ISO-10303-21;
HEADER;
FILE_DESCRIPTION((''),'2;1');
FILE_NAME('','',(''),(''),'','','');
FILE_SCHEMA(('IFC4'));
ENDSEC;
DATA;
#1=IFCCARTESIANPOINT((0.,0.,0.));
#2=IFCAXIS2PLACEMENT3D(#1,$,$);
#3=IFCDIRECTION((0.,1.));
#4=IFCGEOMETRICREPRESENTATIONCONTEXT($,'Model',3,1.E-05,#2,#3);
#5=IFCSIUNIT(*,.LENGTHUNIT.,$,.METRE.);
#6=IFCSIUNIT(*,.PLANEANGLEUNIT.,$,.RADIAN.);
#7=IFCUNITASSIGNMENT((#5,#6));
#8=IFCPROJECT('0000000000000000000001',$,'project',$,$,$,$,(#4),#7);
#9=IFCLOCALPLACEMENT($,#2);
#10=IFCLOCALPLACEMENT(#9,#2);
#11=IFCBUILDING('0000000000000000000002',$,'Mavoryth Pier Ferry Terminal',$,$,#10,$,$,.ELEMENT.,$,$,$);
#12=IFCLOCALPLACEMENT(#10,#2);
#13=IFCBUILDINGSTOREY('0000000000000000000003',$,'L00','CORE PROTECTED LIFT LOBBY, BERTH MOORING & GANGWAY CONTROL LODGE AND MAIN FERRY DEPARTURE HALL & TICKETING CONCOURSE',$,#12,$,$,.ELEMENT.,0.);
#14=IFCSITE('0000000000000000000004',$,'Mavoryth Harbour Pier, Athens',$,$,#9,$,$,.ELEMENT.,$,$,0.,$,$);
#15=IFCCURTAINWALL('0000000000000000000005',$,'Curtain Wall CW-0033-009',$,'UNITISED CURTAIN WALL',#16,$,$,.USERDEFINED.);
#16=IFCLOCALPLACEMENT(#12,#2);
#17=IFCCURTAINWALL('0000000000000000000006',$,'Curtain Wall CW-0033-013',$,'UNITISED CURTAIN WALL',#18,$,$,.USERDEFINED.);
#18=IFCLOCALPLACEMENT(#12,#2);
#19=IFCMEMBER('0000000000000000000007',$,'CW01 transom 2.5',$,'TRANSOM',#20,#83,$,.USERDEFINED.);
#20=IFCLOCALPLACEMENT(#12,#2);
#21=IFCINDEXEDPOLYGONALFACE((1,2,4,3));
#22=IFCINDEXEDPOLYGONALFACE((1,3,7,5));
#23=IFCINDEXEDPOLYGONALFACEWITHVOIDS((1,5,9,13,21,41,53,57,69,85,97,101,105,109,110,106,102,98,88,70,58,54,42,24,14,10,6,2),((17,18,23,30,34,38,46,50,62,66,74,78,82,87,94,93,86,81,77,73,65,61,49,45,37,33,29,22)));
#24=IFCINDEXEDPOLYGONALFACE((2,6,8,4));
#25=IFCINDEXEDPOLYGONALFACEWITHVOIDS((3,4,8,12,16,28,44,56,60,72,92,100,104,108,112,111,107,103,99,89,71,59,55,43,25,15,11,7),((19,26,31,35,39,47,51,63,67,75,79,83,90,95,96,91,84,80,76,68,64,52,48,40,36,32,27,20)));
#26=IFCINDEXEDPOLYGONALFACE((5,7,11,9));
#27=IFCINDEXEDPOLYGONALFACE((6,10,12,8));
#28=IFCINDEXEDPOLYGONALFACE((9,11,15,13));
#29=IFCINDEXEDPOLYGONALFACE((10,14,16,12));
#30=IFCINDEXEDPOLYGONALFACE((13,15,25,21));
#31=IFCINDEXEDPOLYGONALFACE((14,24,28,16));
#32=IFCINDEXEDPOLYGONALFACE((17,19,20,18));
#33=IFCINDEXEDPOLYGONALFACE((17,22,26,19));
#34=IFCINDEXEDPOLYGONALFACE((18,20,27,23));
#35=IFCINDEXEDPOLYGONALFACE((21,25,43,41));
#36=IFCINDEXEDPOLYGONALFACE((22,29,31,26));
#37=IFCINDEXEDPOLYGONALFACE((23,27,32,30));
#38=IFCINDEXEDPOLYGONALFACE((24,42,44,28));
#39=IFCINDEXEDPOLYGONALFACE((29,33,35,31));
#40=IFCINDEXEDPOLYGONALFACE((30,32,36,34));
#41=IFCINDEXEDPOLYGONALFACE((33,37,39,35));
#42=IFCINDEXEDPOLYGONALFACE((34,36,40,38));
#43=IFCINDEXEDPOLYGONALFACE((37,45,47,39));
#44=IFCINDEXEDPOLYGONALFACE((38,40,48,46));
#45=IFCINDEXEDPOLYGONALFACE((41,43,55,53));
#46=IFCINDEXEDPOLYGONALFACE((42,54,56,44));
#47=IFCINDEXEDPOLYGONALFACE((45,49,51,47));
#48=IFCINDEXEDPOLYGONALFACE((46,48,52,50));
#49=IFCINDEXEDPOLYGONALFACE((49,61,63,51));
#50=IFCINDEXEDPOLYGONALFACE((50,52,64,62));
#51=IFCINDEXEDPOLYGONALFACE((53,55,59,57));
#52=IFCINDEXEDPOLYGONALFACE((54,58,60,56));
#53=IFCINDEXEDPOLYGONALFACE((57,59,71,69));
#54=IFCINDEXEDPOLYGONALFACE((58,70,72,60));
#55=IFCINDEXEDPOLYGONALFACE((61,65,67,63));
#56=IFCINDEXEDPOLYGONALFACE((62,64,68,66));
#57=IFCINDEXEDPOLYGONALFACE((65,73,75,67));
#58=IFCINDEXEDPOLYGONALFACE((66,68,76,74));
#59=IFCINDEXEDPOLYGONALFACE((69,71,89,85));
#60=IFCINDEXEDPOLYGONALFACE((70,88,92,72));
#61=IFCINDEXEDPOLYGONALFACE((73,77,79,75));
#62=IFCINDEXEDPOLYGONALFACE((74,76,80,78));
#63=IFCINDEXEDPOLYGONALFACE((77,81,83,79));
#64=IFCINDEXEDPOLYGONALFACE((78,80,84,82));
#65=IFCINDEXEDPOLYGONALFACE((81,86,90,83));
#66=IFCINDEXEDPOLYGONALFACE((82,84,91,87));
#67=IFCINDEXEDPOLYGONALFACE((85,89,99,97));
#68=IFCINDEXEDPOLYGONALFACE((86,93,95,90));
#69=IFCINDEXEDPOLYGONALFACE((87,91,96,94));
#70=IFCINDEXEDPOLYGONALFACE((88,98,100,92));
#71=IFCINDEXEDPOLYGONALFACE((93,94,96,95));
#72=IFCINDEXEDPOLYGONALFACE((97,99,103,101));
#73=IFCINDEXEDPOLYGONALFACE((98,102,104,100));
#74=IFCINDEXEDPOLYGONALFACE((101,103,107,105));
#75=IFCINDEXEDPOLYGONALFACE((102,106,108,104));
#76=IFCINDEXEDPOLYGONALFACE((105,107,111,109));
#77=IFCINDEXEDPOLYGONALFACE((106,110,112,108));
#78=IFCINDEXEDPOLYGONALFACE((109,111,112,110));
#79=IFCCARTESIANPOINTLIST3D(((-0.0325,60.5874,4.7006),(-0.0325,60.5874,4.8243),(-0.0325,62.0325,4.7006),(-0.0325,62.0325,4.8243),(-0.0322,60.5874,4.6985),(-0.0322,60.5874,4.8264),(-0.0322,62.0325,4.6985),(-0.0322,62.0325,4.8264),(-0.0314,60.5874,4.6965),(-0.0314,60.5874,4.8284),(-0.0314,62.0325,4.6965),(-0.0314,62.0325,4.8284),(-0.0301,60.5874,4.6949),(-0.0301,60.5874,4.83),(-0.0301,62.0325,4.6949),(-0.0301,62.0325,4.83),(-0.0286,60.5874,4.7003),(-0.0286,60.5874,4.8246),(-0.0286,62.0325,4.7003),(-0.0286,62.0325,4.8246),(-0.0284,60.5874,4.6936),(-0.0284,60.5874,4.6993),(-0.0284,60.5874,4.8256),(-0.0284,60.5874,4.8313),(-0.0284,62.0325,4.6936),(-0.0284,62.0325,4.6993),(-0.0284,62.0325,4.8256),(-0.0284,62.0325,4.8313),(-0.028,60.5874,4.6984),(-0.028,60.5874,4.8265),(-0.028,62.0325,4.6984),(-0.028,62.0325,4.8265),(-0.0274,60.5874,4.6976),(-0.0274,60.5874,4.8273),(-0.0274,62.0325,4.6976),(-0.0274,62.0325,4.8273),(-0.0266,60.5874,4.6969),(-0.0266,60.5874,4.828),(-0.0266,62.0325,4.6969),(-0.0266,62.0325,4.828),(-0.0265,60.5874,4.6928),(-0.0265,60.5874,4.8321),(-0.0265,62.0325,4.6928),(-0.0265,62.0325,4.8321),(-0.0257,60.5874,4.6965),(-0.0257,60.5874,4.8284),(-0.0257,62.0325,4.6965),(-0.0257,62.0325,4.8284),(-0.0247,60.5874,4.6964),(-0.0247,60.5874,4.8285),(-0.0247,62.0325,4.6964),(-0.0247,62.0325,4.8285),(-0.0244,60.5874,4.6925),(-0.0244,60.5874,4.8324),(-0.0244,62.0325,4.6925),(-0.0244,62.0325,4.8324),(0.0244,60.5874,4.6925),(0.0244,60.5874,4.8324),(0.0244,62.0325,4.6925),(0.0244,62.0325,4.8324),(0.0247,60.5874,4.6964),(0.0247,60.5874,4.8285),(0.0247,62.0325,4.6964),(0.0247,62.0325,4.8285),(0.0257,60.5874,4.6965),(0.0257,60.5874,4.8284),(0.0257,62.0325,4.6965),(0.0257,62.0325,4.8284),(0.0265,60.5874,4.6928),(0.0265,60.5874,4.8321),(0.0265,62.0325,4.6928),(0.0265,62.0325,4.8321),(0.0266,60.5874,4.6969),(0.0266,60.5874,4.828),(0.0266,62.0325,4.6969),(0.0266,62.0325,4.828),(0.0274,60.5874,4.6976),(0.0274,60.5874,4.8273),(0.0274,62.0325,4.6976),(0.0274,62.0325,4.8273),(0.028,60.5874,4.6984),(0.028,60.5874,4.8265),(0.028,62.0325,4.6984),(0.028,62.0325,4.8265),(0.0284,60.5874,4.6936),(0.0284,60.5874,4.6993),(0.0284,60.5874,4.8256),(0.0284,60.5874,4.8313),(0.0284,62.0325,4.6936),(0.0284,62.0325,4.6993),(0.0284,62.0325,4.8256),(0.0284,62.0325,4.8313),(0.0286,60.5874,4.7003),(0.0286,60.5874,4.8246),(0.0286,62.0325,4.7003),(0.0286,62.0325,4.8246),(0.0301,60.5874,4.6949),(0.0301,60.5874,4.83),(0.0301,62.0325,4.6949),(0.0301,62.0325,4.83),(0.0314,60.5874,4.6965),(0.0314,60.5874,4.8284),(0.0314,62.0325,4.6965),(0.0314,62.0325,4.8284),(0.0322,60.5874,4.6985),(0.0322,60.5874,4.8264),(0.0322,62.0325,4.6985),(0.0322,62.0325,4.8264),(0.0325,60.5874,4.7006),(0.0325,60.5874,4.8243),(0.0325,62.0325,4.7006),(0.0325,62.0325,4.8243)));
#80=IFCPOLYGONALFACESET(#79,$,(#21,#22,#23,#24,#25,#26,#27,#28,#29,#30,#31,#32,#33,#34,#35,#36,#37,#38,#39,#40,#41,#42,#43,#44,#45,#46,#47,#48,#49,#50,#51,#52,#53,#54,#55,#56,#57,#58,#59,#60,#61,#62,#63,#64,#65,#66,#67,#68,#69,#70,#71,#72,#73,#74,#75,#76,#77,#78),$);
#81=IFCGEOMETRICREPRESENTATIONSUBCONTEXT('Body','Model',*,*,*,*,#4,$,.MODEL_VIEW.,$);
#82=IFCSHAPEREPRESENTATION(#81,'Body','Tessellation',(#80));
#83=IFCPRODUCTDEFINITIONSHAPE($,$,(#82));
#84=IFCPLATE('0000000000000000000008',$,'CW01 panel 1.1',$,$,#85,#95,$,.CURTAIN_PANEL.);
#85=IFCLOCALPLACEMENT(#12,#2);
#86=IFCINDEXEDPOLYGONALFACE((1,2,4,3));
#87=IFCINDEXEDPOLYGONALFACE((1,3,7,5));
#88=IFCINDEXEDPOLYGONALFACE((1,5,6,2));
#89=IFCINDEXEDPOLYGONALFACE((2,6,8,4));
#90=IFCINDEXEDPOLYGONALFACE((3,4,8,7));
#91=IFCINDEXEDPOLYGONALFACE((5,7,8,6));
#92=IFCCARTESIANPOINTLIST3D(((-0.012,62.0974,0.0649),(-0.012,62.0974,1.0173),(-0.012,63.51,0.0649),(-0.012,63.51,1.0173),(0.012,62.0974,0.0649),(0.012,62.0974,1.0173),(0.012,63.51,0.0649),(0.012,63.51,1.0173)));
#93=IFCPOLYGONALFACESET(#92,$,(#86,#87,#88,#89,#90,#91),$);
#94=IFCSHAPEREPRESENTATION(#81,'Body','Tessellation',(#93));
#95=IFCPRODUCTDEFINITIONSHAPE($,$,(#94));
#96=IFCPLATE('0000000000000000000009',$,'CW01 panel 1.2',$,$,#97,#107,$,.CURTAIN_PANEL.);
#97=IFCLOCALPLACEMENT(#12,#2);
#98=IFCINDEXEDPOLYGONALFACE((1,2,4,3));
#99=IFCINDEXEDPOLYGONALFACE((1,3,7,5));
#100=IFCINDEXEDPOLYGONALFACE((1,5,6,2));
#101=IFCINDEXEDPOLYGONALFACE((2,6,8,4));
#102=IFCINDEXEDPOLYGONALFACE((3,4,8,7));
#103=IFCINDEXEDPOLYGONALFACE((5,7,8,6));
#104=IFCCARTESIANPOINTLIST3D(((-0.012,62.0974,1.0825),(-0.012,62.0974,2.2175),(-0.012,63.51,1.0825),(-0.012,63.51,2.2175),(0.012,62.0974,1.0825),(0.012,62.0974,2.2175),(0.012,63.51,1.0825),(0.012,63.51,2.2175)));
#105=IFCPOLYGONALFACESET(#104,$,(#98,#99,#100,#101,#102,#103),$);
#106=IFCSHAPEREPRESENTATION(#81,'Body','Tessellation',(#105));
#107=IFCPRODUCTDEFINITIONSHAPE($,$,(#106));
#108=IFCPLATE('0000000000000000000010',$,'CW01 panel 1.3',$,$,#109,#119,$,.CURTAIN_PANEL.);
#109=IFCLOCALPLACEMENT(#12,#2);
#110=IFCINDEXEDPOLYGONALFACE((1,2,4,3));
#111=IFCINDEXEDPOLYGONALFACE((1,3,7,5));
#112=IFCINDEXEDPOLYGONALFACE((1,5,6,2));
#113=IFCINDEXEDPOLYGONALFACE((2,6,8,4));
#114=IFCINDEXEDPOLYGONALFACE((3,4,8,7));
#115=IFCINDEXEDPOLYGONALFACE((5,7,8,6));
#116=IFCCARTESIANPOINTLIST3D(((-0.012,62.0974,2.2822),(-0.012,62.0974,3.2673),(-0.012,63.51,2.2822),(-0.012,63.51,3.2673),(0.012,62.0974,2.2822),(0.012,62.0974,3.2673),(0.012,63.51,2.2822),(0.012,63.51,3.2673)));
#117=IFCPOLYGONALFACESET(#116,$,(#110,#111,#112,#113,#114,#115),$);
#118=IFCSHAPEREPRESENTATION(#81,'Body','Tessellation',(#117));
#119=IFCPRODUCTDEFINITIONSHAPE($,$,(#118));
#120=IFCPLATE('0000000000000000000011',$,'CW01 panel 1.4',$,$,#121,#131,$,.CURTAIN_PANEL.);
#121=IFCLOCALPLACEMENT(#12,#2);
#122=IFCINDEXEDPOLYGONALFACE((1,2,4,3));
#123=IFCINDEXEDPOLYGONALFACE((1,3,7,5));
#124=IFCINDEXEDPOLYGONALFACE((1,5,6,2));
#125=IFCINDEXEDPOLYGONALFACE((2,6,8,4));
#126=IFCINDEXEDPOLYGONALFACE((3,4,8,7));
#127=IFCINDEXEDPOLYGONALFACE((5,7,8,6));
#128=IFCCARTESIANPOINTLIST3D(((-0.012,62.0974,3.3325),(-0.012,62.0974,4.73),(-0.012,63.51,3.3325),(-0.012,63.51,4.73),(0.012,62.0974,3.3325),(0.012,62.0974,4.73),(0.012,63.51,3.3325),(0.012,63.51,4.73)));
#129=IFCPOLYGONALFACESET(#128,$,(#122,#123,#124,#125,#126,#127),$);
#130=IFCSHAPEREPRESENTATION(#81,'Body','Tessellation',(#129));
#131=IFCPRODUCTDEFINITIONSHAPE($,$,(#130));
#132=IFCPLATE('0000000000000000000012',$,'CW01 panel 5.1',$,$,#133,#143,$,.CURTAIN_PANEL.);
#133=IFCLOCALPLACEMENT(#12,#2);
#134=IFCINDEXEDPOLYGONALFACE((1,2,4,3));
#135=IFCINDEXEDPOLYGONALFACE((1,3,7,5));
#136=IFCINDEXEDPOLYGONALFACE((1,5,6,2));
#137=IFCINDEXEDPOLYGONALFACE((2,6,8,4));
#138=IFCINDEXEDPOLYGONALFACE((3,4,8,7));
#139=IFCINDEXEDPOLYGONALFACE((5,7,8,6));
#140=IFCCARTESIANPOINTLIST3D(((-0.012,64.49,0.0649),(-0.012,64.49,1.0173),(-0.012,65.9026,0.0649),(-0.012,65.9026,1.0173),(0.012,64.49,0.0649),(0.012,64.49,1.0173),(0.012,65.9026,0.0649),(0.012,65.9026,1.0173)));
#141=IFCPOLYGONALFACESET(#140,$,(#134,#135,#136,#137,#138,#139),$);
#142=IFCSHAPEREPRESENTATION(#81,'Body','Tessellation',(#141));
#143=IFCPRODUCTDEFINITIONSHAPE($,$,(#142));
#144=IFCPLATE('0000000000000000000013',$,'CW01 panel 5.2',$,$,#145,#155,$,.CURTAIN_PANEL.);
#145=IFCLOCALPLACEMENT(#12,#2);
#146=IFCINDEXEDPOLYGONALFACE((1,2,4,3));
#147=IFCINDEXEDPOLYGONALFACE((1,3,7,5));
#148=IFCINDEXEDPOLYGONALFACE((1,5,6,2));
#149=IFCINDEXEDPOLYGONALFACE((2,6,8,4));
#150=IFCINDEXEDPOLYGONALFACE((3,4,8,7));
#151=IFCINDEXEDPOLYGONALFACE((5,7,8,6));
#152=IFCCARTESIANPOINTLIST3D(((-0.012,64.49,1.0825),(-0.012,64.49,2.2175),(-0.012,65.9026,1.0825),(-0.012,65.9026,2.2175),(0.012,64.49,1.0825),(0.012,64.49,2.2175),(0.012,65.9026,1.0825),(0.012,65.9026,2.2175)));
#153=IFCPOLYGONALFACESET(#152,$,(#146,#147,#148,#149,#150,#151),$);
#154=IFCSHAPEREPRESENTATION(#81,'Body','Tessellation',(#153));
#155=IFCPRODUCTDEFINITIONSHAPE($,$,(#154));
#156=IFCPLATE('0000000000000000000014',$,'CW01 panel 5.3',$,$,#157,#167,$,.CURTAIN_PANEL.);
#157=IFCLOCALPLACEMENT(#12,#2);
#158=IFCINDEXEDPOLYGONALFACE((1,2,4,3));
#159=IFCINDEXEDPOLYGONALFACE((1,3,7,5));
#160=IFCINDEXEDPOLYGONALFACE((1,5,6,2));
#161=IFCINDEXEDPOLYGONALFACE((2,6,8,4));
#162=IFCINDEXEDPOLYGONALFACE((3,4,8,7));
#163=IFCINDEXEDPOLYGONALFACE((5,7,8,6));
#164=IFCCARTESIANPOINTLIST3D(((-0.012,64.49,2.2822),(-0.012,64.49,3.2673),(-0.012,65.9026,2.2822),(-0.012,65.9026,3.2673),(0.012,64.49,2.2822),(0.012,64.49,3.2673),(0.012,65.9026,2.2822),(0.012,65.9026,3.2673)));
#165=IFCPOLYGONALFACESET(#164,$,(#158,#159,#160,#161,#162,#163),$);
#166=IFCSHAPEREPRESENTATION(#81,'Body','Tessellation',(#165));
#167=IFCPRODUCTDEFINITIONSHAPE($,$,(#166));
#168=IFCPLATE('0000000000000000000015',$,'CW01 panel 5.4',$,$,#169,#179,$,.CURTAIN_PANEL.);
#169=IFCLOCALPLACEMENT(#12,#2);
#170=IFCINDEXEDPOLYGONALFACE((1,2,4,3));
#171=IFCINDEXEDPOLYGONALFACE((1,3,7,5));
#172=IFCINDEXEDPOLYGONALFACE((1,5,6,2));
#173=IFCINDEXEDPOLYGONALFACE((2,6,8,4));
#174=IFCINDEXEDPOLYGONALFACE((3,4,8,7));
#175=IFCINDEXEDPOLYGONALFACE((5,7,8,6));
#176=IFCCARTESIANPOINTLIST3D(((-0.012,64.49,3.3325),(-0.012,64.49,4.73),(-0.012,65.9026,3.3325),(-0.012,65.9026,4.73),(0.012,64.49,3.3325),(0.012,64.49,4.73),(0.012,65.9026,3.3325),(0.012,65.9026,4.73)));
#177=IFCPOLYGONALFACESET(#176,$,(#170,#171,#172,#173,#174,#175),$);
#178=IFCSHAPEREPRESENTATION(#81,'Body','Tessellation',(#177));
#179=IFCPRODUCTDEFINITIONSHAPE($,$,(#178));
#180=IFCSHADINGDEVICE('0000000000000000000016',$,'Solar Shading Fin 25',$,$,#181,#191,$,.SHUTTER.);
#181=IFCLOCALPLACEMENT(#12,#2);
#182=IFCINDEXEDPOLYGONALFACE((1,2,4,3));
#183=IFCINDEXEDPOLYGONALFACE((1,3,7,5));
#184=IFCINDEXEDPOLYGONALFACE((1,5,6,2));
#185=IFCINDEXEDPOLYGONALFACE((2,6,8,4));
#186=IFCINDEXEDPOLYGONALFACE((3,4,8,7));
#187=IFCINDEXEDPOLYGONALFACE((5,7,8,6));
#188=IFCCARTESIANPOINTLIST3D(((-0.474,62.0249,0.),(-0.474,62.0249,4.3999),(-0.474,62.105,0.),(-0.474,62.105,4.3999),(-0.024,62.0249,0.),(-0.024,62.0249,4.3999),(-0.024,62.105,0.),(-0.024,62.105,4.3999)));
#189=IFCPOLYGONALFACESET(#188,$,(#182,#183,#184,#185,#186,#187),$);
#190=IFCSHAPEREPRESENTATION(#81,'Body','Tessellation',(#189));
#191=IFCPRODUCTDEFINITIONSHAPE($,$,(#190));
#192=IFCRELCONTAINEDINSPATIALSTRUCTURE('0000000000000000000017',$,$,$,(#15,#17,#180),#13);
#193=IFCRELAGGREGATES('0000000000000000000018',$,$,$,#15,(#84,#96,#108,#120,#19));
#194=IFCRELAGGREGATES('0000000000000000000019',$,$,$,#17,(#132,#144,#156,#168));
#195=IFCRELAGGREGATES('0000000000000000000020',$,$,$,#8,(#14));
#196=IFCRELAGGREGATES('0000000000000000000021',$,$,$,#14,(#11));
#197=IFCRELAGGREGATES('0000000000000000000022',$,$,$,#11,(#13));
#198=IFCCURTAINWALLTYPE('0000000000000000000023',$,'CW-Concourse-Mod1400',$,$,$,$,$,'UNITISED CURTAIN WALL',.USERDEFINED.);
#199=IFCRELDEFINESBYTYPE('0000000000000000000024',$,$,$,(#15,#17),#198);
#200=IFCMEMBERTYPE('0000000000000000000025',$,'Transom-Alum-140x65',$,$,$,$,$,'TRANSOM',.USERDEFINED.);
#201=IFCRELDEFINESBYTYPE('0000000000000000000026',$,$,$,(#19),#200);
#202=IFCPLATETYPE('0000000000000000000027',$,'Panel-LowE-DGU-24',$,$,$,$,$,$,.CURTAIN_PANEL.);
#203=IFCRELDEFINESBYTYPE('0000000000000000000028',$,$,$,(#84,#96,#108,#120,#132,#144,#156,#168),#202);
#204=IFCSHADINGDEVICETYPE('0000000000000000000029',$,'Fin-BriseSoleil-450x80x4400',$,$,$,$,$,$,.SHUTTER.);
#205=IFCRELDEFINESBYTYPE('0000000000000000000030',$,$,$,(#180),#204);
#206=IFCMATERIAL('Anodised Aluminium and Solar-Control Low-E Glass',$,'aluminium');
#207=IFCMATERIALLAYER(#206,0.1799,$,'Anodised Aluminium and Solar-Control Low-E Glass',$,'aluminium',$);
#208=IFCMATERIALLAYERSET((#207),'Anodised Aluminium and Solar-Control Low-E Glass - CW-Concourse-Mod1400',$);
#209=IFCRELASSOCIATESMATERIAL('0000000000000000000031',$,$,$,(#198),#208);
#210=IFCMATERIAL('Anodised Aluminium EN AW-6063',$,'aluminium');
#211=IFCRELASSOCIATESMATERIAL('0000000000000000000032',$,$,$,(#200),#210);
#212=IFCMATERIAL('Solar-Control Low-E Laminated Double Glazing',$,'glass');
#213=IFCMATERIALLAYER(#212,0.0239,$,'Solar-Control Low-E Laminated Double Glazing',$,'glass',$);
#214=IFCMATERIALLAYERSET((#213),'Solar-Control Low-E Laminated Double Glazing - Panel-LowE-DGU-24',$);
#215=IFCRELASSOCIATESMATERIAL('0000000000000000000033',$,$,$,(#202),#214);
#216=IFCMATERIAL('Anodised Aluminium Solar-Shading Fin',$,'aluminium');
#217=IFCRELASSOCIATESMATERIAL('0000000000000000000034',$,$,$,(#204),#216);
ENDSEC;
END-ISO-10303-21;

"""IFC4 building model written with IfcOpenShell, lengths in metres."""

from ifc_helpers import new_model, si_unit, direction, frame, origin, origin_2d, place, context, subcontext, project, spatial, rectangle, hollow_rectangle, extrude, material, layer, layer_set, material_profile, profile_set, type_object, element, aggregate, save


model = new_model("IFC4")

# Units and contexts
model_context = context("Model", 3, precision=1e-05, world=origin(), true_north=direction((0.0, 1.0)))
body_context = subcontext(model_context, "Body", "Model", "MODEL_VIEW")
ifc_project = project(units=[si_unit("LENGTHUNIT", "METRE"), si_unit("PLANEANGLEUNIT", "RADIAN")], contexts=[model_context])

# Site, building, storey
site_placement = place(None, origin())
site = spatial("IfcSite", under=ifc_project, at=site_placement, Name="Mavoryth Harbour Pier, Athens", CompositionType="ELEMENT", RefElevation=0.0)
building_placement = place(site_placement, origin())
building = spatial("IfcBuilding", under=site, at=building_placement, Name="Mavoryth Pier Ferry Terminal", CompositionType="ELEMENT")
storey_placement = place(building_placement, origin())
storey = spatial("IfcBuildingStorey", under=building, at=storey_placement, Name="L00", Description="CORE PROTECTED LIFT LOBBY, BERTH MOORING & GANGWAY CONTROL LODGE AND MAIN FERRY DEPARTURE HALL & TICKETING CONCOURSE", CompositionType="ELEMENT", Elevation=0.0)

# Curtain wall
ifc_material_1 = material(Name="Anodised Aluminium and Solar-Control Low-E Glass", Category="aluminium")
ifc_layer_1 = layer(ifc_material_1, 0.1799, Name="Anodised Aluminium and Solar-Control Low-E Glass", Category="aluminium")
ifc_layer_set_1 = layer_set([ifc_layer_1], Name="Anodised Aluminium and Solar-Control Low-E Glass - CW-Concourse-Mod1400")
curtain_wall_type = type_object("IfcCurtainWallType", Name="CW-Concourse-Mod1400", ElementType="UNITISED CURTAIN WALL", PredefinedType="USERDEFINED", material=ifc_layer_set_1)
curtain_wall_1_placement = place(storey_placement, origin())
curtain_wall_1 = element("IfcCurtainWall", 1, at=curtain_wall_1_placement, inside=storey, type_object=curtain_wall_type, Name="Curtain Wall CW-0033-009", ObjectType="UNITISED CURTAIN WALL", PredefinedType="USERDEFINED")
ifc_material_2 = material(Name="Anodised Aluminium EN AW-6063", Category="aluminium")

# Curtain wall
curtain_wall_2_placement = place(storey_placement, origin())
curtain_wall_2 = element("IfcCurtainWall", 2, at=curtain_wall_2_placement, inside=storey, type_object=curtain_wall_type, Name="Curtain Wall CW-0033-013", ObjectType="UNITISED CURTAIN WALL", PredefinedType="USERDEFINED")

# Member
ifc_material_profile_1 = material_profile(ifc_material_2, hollow_rectangle(XDim=0.0649, YDim=0.1399, WallThickness=0.0039, InnerFilletRadius=0.0039, OuterFilletRadius=0.0081, at=origin_2d()), Name="AL-TRAN 140x65x4", Category="aluminium")
ifc_profile_set_1 = profile_set([ifc_material_profile_1], Name="Anodised Aluminium EN AW-6063 - AL-TRAN 140x65x4")
member_type_1 = type_object("IfcMemberType", Name="Transom-Alum-140x65", ElementType="TRANSOM", PredefinedType="USERDEFINED", material=ifc_profile_set_1)
member_1_placement = place(storey_placement, frame((0.0, 62.0325, 4.7625), z_axis=(0.0, -1.0, 0.0), x_axis=(1.0, 0.0, 0.0)))
member_1 = element("IfcMember", 3, at=member_1_placement, type_object=member_type_1, Name="CW01 transom 2.5", ObjectType="TRANSOM", PredefinedType="USERDEFINED", context=body_context, shape_type="SweptSolid", body=[
    extrude(hollow_rectangle(XDim=0.0649, YDim=0.1399, WallThickness=0.0039, InnerFilletRadius=0.0039, OuterFilletRadius=0.0081, at=origin_2d()), origin(), (0.0, 0.0, 1.0), 1.4451),
])

# Plates
ifc_material_3 = material(Name="Solar-Control Low-E Laminated Double Glazing", Category="glass")
ifc_layer_2 = layer(ifc_material_3, 0.0239, Name="Solar-Control Low-E Laminated Double Glazing", Category="glass")
ifc_layer_set_2 = layer_set([ifc_layer_2], Name="Solar-Control Low-E Laminated Double Glazing - Panel-LowE-DGU-24")
plate_type = type_object("IfcPlateType", Name="Panel-LowE-DGU-24", PredefinedType="CURTAIN_PANEL", material=ifc_layer_set_2)
plate_1_placement = place(storey_placement, frame((0.0, 62.8037, 0.0649), z_axis=(0.0, 0.0, 1.0), x_axis=(0.0, -1.0, 0.0)))
plate_1 = element("IfcPlate", 4, at=plate_1_placement, type_object=plate_type, Name="CW01 panel 1.1", PredefinedType="CURTAIN_PANEL", context=body_context, shape_type="SweptSolid", body=[
    extrude(rectangle(XDim=1.4126, YDim=0.0239, at=origin_2d()), origin(), (0.0, 0.0, 1.0), 0.9524),
])
plate_2_placement = place(storey_placement, frame((0.0, 62.8037, 1.0825), z_axis=(0.0, 0.0, 1.0), x_axis=(0.0, -1.0, 0.0)))
plate_2 = element("IfcPlate", 5, at=plate_2_placement, type_object=plate_type, Name="CW01 panel 1.2", PredefinedType="CURTAIN_PANEL", context=body_context, shape_type="SweptSolid", body=[
    extrude(rectangle(XDim=1.4126, YDim=0.0239, at=origin_2d()), origin(), (0.0, 0.0, 1.0), 1.135),
])
plate_3_placement = place(storey_placement, frame((0.0, 62.8037, 2.2822), z_axis=(0.0, 0.0, 1.0), x_axis=(0.0, -1.0, 0.0)))
plate_3 = element("IfcPlate", 6, at=plate_3_placement, type_object=plate_type, Name="CW01 panel 1.3", PredefinedType="CURTAIN_PANEL", context=body_context, shape_type="SweptSolid", body=[
    extrude(rectangle(XDim=1.4126, YDim=0.0239, at=origin_2d()), origin(), (0.0, 0.0, 1.0), 0.9851),
])
plate_4_placement = place(storey_placement, frame((0.0, 62.8037, 3.3325), z_axis=(0.0, 0.0, 1.0), x_axis=(0.0, -1.0, 0.0)))
plate_4 = element("IfcPlate", 7, at=plate_4_placement, type_object=plate_type, Name="CW01 panel 1.4", PredefinedType="CURTAIN_PANEL", context=body_context, shape_type="SweptSolid", body=[
    extrude(rectangle(XDim=1.4126, YDim=0.0239, at=origin_2d()), origin(), (0.0, 0.0, 1.0), 1.3975),
])
aggregate(curtain_wall_1, [plate_1, plate_2, plate_3, plate_4, member_1])
plate_5_placement = place(storey_placement, frame((0.0, 65.1963, 0.0649), z_axis=(0.0, 0.0, 1.0), x_axis=(0.0, -1.0, 0.0)))
plate_5 = element("IfcPlate", 8, at=plate_5_placement, type_object=plate_type, Name="CW01 panel 5.1", PredefinedType="CURTAIN_PANEL", context=body_context, shape_type="SweptSolid", body=[
    extrude(rectangle(XDim=1.4126, YDim=0.0239, at=origin_2d()), origin(), (0.0, 0.0, 1.0), 0.9524),
])
plate_6_placement = place(storey_placement, frame((0.0, 65.1963, 1.0825), z_axis=(0.0, 0.0, 1.0), x_axis=(0.0, -1.0, 0.0)))
plate_6 = element("IfcPlate", 9, at=plate_6_placement, type_object=plate_type, Name="CW01 panel 5.2", PredefinedType="CURTAIN_PANEL", context=body_context, shape_type="SweptSolid", body=[
    extrude(rectangle(XDim=1.4126, YDim=0.0239, at=origin_2d()), origin(), (0.0, 0.0, 1.0), 1.135),
])
plate_7_placement = place(storey_placement, frame((0.0, 65.1963, 2.2822), z_axis=(0.0, 0.0, 1.0), x_axis=(0.0, -1.0, 0.0)))
plate_7 = element("IfcPlate", 10, at=plate_7_placement, type_object=plate_type, Name="CW01 panel 5.3", PredefinedType="CURTAIN_PANEL", context=body_context, shape_type="SweptSolid", body=[
    extrude(rectangle(XDim=1.4126, YDim=0.0239, at=origin_2d()), origin(), (0.0, 0.0, 1.0), 0.9851),
])
plate_8_placement = place(storey_placement, frame((0.0, 65.1963, 3.3325), z_axis=(0.0, 0.0, 1.0), x_axis=(0.0, -1.0, 0.0)))
plate_8 = element("IfcPlate", 11, at=plate_8_placement, type_object=plate_type, Name="CW01 panel 5.4", PredefinedType="CURTAIN_PANEL", context=body_context, shape_type="SweptSolid", body=[
    extrude(rectangle(XDim=1.4126, YDim=0.0239, at=origin_2d()), origin(), (0.0, 0.0, 1.0), 1.3975),
])
aggregate(curtain_wall_2, [plate_5, plate_6, plate_7, plate_8])

# Shading device
ifc_material_4 = material(Name="Anodised Aluminium Solar-Shading Fin", Category="aluminium")
shading_device_type = type_object("IfcShadingDeviceType", Name="Fin-BriseSoleil-450x80x4400", PredefinedType="SHUTTER", material=ifc_material_4)
shading_device_placement = place(storey_placement, frame((-0.249, 62.0649, 0.0), z_axis=(0.0, 0.0, 1.0), x_axis=(0.0, -1.0, 0.0)))
element("IfcShadingDevice", 12, at=shading_device_placement, inside=storey, type_object=shading_device_type, Name="Solar Shading Fin 25", PredefinedType="SHUTTER", context=body_context, shape_type="SweptSolid", body=[
    extrude(rectangle(XDim=0.0801, YDim=0.45, at=origin_2d()), origin(), (0.0, 0.0, 1.0), 4.3999),
])

save(model, "model.ifc")
